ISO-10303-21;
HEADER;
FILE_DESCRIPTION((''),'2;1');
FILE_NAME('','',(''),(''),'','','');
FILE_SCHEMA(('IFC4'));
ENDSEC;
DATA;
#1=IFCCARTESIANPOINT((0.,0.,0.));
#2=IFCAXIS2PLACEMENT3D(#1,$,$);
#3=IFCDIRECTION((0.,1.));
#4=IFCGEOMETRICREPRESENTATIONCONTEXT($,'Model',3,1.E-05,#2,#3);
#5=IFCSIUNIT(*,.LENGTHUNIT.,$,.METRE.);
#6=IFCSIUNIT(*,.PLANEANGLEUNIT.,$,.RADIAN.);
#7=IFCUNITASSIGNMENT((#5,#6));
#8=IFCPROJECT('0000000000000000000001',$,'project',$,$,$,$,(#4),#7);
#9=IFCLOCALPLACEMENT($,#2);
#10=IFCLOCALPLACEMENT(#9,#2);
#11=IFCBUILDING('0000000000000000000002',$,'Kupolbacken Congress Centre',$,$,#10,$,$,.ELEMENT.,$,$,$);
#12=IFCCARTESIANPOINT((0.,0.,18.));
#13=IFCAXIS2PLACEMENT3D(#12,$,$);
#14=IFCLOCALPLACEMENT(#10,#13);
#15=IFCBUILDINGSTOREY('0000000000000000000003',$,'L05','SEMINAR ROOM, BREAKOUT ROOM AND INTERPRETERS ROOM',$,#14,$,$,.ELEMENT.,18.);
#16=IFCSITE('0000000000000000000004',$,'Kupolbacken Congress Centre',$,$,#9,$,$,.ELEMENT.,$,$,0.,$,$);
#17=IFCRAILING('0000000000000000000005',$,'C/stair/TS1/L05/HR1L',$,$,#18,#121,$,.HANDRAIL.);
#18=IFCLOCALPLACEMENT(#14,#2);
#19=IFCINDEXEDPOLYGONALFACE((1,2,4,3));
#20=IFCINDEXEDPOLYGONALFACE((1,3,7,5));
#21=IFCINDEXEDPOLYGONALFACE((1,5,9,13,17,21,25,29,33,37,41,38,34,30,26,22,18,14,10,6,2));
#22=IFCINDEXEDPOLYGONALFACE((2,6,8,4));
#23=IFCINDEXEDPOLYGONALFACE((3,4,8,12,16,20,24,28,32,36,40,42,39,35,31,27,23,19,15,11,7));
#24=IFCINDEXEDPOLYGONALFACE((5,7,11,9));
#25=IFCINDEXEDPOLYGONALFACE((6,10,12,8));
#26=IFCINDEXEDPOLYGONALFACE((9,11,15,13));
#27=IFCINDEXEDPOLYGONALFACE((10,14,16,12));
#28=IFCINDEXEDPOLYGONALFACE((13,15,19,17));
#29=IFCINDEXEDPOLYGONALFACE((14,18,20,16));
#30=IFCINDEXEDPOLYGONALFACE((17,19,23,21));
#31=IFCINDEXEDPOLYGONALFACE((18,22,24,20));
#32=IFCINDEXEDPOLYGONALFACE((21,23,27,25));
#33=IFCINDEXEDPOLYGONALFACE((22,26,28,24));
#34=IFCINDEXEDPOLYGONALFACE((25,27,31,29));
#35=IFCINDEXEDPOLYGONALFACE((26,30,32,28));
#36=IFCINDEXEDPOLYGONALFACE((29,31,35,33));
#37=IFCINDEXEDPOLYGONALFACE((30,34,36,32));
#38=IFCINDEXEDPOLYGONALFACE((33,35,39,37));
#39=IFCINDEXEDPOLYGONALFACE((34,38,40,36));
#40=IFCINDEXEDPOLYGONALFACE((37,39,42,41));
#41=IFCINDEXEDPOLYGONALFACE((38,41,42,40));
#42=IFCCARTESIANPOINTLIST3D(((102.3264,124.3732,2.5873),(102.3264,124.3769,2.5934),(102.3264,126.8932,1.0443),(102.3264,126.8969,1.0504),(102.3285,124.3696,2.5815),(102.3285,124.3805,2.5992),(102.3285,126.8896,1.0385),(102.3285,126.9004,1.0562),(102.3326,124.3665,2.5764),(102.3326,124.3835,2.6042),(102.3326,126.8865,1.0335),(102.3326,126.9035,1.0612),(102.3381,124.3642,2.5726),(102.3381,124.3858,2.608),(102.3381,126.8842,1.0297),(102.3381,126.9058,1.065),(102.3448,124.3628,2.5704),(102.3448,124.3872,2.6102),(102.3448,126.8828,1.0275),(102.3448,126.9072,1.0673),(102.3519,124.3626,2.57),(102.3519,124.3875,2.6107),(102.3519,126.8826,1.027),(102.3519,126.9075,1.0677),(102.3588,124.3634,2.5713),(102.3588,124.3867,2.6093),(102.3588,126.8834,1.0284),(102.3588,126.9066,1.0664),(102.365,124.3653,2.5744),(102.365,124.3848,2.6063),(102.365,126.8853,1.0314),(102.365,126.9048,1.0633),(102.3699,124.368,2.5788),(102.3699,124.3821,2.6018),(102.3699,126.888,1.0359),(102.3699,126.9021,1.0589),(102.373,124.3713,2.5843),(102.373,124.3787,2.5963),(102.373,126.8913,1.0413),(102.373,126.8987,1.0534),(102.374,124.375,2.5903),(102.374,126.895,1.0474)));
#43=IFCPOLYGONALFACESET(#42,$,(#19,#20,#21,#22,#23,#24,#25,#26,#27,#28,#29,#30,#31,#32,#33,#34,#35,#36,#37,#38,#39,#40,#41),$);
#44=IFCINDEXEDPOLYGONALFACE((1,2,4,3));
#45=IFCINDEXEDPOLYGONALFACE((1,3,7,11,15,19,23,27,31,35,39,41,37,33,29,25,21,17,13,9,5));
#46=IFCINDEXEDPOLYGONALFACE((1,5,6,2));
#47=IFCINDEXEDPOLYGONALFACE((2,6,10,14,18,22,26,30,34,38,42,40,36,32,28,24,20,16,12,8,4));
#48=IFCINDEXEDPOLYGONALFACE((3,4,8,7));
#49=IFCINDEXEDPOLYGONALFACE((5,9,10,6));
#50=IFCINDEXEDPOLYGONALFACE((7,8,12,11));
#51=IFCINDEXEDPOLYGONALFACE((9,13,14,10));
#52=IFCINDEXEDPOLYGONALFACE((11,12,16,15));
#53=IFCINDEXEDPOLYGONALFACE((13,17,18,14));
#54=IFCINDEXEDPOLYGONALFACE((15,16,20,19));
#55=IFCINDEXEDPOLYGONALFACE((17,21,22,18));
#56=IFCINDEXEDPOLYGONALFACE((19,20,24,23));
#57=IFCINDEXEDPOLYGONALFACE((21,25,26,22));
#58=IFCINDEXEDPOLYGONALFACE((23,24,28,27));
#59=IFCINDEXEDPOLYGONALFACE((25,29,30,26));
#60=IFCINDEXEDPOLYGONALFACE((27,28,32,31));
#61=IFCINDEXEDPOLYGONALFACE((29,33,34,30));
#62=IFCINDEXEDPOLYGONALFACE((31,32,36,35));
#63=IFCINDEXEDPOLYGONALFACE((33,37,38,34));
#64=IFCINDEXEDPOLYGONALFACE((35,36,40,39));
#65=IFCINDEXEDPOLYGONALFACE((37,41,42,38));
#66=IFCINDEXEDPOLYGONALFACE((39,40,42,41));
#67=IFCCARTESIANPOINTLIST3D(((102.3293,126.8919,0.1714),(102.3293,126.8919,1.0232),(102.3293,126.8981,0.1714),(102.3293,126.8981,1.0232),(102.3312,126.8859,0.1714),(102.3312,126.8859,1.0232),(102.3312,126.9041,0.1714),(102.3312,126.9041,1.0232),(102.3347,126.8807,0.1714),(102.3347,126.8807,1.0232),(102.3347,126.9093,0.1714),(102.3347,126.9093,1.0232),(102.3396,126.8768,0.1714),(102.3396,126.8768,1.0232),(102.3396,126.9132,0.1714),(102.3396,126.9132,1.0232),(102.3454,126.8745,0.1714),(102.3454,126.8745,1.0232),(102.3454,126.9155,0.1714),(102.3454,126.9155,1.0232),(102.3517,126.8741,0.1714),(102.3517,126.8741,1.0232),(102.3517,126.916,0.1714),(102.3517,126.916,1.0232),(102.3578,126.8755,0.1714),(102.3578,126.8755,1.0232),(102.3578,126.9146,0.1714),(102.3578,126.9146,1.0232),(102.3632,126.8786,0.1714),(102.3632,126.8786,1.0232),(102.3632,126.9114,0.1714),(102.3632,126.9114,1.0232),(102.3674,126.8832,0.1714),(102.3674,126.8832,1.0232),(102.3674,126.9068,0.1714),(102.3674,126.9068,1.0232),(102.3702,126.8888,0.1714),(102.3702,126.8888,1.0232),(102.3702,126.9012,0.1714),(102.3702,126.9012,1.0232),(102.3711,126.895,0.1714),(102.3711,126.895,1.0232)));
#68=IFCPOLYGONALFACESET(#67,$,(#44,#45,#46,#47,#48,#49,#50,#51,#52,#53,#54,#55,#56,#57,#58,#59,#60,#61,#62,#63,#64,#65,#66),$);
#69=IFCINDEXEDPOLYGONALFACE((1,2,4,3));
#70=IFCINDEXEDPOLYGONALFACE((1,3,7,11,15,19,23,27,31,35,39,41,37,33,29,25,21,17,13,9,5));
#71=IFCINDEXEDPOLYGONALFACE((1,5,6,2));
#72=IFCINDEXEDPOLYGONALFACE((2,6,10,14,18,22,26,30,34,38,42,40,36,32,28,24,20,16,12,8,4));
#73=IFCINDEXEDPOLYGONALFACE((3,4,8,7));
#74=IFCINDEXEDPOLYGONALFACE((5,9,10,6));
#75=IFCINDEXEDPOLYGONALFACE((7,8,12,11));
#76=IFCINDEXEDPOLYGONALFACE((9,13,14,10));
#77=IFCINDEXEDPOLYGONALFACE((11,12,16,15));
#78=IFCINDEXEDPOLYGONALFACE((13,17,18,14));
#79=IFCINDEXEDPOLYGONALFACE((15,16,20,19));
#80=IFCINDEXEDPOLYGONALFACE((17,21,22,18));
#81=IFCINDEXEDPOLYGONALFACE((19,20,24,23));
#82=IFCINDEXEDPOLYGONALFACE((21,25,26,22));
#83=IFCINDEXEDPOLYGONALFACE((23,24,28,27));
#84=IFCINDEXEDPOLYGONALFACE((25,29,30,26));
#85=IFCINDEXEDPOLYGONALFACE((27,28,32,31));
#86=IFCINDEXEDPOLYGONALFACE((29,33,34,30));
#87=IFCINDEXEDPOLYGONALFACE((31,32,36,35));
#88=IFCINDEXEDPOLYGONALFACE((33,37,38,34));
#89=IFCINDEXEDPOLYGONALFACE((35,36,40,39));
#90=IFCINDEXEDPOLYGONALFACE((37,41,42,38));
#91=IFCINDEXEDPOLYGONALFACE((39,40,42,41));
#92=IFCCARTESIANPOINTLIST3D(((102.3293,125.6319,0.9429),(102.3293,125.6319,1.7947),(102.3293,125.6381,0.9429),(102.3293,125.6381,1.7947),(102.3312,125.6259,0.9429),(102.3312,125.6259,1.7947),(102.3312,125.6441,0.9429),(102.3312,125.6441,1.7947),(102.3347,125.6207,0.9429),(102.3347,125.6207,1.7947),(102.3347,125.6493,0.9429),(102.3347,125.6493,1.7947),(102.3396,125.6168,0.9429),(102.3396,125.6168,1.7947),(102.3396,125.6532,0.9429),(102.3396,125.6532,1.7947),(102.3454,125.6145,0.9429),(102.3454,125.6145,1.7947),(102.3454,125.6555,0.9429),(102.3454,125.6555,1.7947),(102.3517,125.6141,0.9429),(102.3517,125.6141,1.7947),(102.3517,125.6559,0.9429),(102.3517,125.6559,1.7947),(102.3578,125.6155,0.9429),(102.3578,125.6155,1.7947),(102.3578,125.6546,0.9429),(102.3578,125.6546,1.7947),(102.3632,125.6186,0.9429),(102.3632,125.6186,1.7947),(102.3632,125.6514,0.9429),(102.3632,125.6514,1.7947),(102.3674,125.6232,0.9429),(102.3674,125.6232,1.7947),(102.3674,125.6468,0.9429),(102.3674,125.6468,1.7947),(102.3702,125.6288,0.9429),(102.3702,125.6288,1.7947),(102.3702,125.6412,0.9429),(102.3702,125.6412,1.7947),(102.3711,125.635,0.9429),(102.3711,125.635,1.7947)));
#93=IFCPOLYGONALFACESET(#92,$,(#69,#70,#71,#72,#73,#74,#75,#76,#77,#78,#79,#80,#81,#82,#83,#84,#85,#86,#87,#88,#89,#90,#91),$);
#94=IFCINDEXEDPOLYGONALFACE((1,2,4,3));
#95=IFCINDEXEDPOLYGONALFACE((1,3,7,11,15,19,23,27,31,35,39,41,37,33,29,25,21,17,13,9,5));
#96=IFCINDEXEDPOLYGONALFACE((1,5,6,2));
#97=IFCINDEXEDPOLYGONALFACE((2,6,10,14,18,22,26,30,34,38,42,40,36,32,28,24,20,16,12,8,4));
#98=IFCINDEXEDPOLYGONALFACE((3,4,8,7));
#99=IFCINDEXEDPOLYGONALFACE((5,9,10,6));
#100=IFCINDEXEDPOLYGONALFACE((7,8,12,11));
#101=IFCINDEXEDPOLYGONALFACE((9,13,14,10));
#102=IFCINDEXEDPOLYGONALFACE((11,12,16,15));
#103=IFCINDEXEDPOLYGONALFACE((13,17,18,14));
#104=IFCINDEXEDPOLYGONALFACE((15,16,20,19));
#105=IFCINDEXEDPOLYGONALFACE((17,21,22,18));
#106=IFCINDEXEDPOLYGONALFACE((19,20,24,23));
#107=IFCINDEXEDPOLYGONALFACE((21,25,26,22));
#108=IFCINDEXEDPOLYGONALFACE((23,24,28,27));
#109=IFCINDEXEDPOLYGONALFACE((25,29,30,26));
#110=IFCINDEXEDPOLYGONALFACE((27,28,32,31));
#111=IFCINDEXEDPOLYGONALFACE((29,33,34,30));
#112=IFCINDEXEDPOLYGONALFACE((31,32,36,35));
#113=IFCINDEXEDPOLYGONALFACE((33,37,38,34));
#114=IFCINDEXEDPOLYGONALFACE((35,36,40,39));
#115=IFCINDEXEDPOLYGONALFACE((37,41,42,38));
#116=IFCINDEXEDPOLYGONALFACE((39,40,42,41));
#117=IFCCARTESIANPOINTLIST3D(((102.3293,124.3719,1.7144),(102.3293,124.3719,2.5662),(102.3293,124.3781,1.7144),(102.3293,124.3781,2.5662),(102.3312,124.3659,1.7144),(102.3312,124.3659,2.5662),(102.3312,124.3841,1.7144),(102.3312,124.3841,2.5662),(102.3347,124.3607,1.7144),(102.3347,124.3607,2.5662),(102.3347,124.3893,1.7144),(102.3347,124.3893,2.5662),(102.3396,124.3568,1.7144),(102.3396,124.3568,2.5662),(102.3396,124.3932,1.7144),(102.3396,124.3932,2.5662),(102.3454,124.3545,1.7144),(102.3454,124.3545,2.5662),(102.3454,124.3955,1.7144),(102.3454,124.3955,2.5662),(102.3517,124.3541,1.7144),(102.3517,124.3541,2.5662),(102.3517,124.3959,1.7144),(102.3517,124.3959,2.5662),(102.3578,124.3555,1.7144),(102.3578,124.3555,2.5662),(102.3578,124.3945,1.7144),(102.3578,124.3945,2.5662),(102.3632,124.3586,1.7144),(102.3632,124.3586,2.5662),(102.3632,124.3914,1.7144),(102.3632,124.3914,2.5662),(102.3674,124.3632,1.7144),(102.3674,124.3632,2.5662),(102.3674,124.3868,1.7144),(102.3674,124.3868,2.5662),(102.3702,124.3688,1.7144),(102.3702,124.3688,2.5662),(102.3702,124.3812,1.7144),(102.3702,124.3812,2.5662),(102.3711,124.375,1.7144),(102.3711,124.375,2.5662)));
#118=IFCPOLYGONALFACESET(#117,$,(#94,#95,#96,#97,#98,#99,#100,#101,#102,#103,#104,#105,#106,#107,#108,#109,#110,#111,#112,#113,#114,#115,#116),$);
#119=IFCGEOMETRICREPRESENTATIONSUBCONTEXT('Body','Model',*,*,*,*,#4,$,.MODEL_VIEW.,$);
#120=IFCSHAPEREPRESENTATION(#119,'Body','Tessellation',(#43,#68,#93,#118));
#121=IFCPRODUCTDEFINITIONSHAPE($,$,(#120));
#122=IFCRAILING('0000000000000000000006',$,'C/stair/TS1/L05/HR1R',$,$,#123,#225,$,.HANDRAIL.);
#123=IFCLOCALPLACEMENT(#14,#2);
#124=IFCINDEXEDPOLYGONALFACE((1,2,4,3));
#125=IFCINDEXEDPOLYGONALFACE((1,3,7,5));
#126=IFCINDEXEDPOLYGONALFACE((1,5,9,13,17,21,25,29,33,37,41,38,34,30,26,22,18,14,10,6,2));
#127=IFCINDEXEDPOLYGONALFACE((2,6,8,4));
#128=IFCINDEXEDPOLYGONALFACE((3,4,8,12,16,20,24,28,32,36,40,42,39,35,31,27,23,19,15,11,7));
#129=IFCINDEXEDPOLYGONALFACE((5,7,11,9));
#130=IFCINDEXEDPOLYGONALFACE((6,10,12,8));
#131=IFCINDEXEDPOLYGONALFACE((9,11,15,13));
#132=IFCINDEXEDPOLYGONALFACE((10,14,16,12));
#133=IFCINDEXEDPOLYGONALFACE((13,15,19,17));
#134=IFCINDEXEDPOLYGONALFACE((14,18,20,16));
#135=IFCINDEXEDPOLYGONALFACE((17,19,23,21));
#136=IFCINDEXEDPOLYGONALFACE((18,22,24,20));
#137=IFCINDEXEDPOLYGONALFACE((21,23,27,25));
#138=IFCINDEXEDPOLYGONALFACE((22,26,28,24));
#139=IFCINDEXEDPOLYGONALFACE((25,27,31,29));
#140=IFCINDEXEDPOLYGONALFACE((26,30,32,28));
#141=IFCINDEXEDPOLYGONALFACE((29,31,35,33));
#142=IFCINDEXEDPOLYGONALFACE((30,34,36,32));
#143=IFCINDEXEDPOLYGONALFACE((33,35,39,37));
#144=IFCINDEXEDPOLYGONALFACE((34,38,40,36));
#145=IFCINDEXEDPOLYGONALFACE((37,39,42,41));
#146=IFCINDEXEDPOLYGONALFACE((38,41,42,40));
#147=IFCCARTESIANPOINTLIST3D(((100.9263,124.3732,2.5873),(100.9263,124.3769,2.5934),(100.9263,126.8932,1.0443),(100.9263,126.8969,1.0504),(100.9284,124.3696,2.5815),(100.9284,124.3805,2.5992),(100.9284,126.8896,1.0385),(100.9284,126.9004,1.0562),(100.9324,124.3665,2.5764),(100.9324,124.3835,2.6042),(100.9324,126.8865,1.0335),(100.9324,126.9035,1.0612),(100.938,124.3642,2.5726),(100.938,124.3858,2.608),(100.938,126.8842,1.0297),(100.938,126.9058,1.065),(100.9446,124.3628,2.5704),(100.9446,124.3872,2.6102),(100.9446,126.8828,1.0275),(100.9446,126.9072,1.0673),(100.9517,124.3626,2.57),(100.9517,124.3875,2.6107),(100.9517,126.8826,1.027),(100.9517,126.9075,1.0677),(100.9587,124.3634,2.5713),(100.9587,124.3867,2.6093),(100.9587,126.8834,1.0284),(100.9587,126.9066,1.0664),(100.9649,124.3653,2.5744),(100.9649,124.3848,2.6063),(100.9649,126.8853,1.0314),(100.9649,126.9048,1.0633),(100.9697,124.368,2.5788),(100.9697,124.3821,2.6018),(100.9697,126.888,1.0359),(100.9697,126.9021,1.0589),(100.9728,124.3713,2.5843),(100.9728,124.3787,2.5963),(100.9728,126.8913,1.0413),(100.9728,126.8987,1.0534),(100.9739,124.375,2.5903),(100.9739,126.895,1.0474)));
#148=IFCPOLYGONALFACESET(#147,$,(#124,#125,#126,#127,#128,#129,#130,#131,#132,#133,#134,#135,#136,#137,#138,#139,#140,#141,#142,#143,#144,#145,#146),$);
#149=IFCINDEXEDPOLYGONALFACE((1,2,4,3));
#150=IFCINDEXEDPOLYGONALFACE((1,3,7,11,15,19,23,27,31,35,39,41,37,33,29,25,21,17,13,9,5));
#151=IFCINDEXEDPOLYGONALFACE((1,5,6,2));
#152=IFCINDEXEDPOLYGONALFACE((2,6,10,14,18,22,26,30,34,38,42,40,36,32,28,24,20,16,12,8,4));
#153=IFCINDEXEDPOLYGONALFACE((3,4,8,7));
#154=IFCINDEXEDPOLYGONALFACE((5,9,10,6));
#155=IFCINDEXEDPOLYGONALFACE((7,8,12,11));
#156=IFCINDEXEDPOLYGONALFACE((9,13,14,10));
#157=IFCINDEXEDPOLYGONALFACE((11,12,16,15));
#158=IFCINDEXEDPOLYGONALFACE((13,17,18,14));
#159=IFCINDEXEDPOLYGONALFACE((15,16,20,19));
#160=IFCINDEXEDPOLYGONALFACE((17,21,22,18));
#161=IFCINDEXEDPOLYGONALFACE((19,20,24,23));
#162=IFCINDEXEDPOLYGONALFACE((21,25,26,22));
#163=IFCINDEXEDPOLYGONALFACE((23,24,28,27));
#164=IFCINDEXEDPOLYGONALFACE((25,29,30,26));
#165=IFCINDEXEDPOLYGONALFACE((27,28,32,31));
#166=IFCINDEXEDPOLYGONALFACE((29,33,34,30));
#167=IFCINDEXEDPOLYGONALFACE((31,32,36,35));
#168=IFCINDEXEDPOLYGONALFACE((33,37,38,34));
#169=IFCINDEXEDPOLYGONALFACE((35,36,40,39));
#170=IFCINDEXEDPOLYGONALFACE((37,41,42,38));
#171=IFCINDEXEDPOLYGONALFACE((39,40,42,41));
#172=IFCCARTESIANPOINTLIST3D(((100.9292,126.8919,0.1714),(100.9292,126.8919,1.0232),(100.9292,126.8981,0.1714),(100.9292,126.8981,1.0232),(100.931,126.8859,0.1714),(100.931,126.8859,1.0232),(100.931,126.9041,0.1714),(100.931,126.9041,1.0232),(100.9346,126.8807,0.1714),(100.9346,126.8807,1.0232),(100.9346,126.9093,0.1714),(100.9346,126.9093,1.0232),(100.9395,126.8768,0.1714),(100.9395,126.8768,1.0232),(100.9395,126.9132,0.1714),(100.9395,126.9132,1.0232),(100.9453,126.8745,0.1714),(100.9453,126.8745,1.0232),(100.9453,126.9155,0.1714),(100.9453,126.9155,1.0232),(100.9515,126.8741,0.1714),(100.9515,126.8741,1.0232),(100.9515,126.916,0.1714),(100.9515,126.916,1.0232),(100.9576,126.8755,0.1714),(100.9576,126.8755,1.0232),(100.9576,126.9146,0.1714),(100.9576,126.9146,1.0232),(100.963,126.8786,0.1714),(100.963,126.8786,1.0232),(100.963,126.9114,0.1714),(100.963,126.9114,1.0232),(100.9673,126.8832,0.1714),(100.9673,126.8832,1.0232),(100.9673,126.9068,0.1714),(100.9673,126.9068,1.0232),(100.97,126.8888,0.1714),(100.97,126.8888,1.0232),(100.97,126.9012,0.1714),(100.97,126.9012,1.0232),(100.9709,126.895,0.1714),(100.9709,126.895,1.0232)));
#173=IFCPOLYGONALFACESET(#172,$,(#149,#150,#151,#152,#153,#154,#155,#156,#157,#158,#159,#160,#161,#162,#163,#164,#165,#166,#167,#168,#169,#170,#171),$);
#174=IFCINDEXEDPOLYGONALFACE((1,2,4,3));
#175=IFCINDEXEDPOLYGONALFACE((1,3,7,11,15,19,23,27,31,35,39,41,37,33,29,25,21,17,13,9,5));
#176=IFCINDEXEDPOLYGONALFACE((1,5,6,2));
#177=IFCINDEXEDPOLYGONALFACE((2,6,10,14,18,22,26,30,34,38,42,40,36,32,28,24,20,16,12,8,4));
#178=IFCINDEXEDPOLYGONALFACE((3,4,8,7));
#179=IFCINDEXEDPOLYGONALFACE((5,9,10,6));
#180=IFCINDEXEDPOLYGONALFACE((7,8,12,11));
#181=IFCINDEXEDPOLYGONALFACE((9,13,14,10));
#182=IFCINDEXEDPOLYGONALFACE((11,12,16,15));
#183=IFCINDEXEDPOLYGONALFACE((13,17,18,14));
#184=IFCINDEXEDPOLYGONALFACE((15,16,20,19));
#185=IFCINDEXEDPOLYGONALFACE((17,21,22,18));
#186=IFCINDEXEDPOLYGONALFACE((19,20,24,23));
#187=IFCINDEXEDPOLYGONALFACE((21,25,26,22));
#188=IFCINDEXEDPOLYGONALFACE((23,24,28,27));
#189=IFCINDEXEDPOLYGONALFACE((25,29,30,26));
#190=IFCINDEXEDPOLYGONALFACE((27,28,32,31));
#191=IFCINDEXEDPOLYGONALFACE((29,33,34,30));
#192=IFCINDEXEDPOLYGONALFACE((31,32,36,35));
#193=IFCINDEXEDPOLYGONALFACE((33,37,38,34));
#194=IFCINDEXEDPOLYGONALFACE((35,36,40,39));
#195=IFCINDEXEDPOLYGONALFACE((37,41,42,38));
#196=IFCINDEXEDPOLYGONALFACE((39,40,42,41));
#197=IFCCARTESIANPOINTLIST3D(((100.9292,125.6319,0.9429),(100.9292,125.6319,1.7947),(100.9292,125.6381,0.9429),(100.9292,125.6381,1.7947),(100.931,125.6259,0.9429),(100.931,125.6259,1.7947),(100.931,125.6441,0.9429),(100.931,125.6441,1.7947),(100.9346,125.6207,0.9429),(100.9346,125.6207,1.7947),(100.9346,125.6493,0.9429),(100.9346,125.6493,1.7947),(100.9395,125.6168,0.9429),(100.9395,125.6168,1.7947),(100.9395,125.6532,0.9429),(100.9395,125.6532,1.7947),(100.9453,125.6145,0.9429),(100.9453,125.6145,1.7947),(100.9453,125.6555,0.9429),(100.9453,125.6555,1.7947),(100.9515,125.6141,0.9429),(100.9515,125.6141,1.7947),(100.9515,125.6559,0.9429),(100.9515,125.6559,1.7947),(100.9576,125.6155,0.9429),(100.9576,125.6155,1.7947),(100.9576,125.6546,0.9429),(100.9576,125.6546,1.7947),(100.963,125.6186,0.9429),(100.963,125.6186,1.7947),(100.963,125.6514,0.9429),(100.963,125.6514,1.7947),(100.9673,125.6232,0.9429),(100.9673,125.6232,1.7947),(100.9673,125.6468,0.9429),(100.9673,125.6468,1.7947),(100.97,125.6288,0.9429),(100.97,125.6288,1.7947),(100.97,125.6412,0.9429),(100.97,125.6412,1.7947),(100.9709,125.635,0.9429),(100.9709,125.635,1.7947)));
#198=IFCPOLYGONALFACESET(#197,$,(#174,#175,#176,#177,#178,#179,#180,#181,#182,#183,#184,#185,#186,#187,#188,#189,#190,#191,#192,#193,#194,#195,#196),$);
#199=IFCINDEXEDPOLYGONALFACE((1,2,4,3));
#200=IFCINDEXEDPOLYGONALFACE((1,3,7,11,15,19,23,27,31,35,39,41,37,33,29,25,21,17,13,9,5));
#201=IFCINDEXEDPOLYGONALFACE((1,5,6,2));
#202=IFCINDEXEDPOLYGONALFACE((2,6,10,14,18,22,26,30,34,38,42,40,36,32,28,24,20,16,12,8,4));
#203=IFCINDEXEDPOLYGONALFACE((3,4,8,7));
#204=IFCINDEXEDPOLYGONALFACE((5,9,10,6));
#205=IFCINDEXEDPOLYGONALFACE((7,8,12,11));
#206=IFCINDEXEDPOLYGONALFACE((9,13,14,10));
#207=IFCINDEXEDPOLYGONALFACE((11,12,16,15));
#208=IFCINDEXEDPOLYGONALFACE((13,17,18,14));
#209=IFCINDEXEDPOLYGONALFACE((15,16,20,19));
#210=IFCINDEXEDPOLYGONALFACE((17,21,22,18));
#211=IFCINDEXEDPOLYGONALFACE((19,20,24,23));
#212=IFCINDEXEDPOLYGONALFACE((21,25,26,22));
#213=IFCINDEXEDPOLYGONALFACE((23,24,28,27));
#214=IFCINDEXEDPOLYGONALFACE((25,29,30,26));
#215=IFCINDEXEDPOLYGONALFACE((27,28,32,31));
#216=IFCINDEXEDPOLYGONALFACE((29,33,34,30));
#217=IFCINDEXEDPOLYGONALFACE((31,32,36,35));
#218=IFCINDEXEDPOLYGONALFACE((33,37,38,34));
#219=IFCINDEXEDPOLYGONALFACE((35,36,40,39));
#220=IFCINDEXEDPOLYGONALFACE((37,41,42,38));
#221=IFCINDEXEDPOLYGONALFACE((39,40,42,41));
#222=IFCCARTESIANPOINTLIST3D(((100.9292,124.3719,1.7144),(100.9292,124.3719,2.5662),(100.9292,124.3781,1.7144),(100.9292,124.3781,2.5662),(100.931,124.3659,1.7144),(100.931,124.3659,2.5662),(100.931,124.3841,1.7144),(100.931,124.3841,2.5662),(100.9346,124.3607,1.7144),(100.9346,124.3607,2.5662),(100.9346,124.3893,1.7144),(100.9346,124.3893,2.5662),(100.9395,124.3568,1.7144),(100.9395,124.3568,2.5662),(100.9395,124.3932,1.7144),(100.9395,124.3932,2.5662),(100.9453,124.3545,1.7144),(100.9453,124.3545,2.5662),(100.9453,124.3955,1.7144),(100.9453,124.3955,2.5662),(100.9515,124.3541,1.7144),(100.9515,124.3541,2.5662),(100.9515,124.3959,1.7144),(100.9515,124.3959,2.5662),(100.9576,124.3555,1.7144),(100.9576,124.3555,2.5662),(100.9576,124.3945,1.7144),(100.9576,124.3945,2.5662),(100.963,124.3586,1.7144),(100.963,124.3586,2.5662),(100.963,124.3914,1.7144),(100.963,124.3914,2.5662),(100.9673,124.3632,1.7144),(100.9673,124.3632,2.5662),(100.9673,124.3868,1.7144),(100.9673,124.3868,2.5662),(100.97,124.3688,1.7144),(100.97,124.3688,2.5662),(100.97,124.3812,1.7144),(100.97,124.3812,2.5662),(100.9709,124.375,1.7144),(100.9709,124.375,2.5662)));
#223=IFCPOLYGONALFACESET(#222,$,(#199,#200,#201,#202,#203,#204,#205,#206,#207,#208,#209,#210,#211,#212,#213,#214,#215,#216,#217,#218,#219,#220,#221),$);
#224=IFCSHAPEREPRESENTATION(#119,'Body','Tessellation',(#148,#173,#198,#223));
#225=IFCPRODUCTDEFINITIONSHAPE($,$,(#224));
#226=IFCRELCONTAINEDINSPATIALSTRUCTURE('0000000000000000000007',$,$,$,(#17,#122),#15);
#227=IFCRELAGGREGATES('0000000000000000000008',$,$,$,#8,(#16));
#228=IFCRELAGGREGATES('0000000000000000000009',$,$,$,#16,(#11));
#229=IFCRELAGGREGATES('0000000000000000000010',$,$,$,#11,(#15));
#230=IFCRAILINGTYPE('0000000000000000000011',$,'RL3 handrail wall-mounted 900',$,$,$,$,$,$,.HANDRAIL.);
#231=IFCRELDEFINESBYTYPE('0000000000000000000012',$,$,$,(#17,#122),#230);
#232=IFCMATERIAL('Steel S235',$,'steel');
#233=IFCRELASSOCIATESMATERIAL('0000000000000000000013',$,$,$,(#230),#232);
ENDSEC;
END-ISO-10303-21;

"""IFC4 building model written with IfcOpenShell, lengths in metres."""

from ifc_helpers import new_model, si_unit, direction, frame, origin, origin_2d, place, context, subcontext, project, spatial, circle, extrude, material, type_object, element, save


model = new_model("IFC4")

# Units and contexts
model_context = context("Model", 3, precision=1e-05, world=origin(), true_north=direction((0.0, 1.0)))
body_context = subcontext(model_context, "Body", "Model", "MODEL_VIEW")
ifc_project = project(units=[si_unit("LENGTHUNIT", "METRE"), si_unit("PLANEANGLEUNIT", "RADIAN")], contexts=[model_context])

# Site, building, storey
site_placement = place(None, origin())
site = spatial("IfcSite", under=ifc_project, at=site_placement, Name="Kupolbacken Congress Centre", CompositionType="ELEMENT", RefElevation=0.0)
building_placement = place(site_placement, origin())
building = spatial("IfcBuilding", under=site, at=building_placement, Name="Kupolbacken Congress Centre", CompositionType="ELEMENT")
storey_placement = place(building_placement, frame((0.0, 0.0, 18.0)))
storey = spatial("IfcBuildingStorey", under=building, at=storey_placement, Name="L05", Description="SEMINAR ROOM, BREAKOUT ROOM AND INTERPRETERS ROOM", CompositionType="ELEMENT", Elevation=18.0)

# Railings
ifc_material_1 = material(Name="Steel S235", Category="steel")
railing_type = type_object("IfcRailingType", Name="RL3 handrail wall-mounted 900", PredefinedType="HANDRAIL", material=ifc_material_1)
for number, where, name in (
    (1, (102.3501, 126.895, 0.1714), "C/stair/TS1/L05/HR1L"),
    (2, (100.95, 126.895, 0.1714), "C/stair/TS1/L05/HR1R"),
):
    element("IfcRailing", number, at=place(storey_placement, frame(where)), inside=storey, type_object=railing_type, Name=name, PredefinedType="HANDRAIL", context=body_context, shape_type="SweptSolid", body=[
        extrude(circle(Radius=0.0239, at=origin_2d()), frame((0.0, 0.0, 0.876), z_axis=(0.0, -0.852836, 0.522178), x_axis=(1.0, 0.0, 0.0)), (0.0, 0.0, 1.0), 2.9548),
        extrude(circle(Radius=0.021, at=origin_2d()), origin(), (0.0, 0.0, 1.0), 0.8518),
        extrude(circle(Radius=0.021, at=origin_2d()), frame((0.0, -1.26, 0.7715)), (0.0, 0.0, 1.0), 0.8518),
        extrude(circle(Radius=0.021, at=origin_2d()), frame((0.0, -2.52, 1.543)), (0.0, 0.0, 1.0), 0.8518),
    ])

save(model, "model.ifc")
